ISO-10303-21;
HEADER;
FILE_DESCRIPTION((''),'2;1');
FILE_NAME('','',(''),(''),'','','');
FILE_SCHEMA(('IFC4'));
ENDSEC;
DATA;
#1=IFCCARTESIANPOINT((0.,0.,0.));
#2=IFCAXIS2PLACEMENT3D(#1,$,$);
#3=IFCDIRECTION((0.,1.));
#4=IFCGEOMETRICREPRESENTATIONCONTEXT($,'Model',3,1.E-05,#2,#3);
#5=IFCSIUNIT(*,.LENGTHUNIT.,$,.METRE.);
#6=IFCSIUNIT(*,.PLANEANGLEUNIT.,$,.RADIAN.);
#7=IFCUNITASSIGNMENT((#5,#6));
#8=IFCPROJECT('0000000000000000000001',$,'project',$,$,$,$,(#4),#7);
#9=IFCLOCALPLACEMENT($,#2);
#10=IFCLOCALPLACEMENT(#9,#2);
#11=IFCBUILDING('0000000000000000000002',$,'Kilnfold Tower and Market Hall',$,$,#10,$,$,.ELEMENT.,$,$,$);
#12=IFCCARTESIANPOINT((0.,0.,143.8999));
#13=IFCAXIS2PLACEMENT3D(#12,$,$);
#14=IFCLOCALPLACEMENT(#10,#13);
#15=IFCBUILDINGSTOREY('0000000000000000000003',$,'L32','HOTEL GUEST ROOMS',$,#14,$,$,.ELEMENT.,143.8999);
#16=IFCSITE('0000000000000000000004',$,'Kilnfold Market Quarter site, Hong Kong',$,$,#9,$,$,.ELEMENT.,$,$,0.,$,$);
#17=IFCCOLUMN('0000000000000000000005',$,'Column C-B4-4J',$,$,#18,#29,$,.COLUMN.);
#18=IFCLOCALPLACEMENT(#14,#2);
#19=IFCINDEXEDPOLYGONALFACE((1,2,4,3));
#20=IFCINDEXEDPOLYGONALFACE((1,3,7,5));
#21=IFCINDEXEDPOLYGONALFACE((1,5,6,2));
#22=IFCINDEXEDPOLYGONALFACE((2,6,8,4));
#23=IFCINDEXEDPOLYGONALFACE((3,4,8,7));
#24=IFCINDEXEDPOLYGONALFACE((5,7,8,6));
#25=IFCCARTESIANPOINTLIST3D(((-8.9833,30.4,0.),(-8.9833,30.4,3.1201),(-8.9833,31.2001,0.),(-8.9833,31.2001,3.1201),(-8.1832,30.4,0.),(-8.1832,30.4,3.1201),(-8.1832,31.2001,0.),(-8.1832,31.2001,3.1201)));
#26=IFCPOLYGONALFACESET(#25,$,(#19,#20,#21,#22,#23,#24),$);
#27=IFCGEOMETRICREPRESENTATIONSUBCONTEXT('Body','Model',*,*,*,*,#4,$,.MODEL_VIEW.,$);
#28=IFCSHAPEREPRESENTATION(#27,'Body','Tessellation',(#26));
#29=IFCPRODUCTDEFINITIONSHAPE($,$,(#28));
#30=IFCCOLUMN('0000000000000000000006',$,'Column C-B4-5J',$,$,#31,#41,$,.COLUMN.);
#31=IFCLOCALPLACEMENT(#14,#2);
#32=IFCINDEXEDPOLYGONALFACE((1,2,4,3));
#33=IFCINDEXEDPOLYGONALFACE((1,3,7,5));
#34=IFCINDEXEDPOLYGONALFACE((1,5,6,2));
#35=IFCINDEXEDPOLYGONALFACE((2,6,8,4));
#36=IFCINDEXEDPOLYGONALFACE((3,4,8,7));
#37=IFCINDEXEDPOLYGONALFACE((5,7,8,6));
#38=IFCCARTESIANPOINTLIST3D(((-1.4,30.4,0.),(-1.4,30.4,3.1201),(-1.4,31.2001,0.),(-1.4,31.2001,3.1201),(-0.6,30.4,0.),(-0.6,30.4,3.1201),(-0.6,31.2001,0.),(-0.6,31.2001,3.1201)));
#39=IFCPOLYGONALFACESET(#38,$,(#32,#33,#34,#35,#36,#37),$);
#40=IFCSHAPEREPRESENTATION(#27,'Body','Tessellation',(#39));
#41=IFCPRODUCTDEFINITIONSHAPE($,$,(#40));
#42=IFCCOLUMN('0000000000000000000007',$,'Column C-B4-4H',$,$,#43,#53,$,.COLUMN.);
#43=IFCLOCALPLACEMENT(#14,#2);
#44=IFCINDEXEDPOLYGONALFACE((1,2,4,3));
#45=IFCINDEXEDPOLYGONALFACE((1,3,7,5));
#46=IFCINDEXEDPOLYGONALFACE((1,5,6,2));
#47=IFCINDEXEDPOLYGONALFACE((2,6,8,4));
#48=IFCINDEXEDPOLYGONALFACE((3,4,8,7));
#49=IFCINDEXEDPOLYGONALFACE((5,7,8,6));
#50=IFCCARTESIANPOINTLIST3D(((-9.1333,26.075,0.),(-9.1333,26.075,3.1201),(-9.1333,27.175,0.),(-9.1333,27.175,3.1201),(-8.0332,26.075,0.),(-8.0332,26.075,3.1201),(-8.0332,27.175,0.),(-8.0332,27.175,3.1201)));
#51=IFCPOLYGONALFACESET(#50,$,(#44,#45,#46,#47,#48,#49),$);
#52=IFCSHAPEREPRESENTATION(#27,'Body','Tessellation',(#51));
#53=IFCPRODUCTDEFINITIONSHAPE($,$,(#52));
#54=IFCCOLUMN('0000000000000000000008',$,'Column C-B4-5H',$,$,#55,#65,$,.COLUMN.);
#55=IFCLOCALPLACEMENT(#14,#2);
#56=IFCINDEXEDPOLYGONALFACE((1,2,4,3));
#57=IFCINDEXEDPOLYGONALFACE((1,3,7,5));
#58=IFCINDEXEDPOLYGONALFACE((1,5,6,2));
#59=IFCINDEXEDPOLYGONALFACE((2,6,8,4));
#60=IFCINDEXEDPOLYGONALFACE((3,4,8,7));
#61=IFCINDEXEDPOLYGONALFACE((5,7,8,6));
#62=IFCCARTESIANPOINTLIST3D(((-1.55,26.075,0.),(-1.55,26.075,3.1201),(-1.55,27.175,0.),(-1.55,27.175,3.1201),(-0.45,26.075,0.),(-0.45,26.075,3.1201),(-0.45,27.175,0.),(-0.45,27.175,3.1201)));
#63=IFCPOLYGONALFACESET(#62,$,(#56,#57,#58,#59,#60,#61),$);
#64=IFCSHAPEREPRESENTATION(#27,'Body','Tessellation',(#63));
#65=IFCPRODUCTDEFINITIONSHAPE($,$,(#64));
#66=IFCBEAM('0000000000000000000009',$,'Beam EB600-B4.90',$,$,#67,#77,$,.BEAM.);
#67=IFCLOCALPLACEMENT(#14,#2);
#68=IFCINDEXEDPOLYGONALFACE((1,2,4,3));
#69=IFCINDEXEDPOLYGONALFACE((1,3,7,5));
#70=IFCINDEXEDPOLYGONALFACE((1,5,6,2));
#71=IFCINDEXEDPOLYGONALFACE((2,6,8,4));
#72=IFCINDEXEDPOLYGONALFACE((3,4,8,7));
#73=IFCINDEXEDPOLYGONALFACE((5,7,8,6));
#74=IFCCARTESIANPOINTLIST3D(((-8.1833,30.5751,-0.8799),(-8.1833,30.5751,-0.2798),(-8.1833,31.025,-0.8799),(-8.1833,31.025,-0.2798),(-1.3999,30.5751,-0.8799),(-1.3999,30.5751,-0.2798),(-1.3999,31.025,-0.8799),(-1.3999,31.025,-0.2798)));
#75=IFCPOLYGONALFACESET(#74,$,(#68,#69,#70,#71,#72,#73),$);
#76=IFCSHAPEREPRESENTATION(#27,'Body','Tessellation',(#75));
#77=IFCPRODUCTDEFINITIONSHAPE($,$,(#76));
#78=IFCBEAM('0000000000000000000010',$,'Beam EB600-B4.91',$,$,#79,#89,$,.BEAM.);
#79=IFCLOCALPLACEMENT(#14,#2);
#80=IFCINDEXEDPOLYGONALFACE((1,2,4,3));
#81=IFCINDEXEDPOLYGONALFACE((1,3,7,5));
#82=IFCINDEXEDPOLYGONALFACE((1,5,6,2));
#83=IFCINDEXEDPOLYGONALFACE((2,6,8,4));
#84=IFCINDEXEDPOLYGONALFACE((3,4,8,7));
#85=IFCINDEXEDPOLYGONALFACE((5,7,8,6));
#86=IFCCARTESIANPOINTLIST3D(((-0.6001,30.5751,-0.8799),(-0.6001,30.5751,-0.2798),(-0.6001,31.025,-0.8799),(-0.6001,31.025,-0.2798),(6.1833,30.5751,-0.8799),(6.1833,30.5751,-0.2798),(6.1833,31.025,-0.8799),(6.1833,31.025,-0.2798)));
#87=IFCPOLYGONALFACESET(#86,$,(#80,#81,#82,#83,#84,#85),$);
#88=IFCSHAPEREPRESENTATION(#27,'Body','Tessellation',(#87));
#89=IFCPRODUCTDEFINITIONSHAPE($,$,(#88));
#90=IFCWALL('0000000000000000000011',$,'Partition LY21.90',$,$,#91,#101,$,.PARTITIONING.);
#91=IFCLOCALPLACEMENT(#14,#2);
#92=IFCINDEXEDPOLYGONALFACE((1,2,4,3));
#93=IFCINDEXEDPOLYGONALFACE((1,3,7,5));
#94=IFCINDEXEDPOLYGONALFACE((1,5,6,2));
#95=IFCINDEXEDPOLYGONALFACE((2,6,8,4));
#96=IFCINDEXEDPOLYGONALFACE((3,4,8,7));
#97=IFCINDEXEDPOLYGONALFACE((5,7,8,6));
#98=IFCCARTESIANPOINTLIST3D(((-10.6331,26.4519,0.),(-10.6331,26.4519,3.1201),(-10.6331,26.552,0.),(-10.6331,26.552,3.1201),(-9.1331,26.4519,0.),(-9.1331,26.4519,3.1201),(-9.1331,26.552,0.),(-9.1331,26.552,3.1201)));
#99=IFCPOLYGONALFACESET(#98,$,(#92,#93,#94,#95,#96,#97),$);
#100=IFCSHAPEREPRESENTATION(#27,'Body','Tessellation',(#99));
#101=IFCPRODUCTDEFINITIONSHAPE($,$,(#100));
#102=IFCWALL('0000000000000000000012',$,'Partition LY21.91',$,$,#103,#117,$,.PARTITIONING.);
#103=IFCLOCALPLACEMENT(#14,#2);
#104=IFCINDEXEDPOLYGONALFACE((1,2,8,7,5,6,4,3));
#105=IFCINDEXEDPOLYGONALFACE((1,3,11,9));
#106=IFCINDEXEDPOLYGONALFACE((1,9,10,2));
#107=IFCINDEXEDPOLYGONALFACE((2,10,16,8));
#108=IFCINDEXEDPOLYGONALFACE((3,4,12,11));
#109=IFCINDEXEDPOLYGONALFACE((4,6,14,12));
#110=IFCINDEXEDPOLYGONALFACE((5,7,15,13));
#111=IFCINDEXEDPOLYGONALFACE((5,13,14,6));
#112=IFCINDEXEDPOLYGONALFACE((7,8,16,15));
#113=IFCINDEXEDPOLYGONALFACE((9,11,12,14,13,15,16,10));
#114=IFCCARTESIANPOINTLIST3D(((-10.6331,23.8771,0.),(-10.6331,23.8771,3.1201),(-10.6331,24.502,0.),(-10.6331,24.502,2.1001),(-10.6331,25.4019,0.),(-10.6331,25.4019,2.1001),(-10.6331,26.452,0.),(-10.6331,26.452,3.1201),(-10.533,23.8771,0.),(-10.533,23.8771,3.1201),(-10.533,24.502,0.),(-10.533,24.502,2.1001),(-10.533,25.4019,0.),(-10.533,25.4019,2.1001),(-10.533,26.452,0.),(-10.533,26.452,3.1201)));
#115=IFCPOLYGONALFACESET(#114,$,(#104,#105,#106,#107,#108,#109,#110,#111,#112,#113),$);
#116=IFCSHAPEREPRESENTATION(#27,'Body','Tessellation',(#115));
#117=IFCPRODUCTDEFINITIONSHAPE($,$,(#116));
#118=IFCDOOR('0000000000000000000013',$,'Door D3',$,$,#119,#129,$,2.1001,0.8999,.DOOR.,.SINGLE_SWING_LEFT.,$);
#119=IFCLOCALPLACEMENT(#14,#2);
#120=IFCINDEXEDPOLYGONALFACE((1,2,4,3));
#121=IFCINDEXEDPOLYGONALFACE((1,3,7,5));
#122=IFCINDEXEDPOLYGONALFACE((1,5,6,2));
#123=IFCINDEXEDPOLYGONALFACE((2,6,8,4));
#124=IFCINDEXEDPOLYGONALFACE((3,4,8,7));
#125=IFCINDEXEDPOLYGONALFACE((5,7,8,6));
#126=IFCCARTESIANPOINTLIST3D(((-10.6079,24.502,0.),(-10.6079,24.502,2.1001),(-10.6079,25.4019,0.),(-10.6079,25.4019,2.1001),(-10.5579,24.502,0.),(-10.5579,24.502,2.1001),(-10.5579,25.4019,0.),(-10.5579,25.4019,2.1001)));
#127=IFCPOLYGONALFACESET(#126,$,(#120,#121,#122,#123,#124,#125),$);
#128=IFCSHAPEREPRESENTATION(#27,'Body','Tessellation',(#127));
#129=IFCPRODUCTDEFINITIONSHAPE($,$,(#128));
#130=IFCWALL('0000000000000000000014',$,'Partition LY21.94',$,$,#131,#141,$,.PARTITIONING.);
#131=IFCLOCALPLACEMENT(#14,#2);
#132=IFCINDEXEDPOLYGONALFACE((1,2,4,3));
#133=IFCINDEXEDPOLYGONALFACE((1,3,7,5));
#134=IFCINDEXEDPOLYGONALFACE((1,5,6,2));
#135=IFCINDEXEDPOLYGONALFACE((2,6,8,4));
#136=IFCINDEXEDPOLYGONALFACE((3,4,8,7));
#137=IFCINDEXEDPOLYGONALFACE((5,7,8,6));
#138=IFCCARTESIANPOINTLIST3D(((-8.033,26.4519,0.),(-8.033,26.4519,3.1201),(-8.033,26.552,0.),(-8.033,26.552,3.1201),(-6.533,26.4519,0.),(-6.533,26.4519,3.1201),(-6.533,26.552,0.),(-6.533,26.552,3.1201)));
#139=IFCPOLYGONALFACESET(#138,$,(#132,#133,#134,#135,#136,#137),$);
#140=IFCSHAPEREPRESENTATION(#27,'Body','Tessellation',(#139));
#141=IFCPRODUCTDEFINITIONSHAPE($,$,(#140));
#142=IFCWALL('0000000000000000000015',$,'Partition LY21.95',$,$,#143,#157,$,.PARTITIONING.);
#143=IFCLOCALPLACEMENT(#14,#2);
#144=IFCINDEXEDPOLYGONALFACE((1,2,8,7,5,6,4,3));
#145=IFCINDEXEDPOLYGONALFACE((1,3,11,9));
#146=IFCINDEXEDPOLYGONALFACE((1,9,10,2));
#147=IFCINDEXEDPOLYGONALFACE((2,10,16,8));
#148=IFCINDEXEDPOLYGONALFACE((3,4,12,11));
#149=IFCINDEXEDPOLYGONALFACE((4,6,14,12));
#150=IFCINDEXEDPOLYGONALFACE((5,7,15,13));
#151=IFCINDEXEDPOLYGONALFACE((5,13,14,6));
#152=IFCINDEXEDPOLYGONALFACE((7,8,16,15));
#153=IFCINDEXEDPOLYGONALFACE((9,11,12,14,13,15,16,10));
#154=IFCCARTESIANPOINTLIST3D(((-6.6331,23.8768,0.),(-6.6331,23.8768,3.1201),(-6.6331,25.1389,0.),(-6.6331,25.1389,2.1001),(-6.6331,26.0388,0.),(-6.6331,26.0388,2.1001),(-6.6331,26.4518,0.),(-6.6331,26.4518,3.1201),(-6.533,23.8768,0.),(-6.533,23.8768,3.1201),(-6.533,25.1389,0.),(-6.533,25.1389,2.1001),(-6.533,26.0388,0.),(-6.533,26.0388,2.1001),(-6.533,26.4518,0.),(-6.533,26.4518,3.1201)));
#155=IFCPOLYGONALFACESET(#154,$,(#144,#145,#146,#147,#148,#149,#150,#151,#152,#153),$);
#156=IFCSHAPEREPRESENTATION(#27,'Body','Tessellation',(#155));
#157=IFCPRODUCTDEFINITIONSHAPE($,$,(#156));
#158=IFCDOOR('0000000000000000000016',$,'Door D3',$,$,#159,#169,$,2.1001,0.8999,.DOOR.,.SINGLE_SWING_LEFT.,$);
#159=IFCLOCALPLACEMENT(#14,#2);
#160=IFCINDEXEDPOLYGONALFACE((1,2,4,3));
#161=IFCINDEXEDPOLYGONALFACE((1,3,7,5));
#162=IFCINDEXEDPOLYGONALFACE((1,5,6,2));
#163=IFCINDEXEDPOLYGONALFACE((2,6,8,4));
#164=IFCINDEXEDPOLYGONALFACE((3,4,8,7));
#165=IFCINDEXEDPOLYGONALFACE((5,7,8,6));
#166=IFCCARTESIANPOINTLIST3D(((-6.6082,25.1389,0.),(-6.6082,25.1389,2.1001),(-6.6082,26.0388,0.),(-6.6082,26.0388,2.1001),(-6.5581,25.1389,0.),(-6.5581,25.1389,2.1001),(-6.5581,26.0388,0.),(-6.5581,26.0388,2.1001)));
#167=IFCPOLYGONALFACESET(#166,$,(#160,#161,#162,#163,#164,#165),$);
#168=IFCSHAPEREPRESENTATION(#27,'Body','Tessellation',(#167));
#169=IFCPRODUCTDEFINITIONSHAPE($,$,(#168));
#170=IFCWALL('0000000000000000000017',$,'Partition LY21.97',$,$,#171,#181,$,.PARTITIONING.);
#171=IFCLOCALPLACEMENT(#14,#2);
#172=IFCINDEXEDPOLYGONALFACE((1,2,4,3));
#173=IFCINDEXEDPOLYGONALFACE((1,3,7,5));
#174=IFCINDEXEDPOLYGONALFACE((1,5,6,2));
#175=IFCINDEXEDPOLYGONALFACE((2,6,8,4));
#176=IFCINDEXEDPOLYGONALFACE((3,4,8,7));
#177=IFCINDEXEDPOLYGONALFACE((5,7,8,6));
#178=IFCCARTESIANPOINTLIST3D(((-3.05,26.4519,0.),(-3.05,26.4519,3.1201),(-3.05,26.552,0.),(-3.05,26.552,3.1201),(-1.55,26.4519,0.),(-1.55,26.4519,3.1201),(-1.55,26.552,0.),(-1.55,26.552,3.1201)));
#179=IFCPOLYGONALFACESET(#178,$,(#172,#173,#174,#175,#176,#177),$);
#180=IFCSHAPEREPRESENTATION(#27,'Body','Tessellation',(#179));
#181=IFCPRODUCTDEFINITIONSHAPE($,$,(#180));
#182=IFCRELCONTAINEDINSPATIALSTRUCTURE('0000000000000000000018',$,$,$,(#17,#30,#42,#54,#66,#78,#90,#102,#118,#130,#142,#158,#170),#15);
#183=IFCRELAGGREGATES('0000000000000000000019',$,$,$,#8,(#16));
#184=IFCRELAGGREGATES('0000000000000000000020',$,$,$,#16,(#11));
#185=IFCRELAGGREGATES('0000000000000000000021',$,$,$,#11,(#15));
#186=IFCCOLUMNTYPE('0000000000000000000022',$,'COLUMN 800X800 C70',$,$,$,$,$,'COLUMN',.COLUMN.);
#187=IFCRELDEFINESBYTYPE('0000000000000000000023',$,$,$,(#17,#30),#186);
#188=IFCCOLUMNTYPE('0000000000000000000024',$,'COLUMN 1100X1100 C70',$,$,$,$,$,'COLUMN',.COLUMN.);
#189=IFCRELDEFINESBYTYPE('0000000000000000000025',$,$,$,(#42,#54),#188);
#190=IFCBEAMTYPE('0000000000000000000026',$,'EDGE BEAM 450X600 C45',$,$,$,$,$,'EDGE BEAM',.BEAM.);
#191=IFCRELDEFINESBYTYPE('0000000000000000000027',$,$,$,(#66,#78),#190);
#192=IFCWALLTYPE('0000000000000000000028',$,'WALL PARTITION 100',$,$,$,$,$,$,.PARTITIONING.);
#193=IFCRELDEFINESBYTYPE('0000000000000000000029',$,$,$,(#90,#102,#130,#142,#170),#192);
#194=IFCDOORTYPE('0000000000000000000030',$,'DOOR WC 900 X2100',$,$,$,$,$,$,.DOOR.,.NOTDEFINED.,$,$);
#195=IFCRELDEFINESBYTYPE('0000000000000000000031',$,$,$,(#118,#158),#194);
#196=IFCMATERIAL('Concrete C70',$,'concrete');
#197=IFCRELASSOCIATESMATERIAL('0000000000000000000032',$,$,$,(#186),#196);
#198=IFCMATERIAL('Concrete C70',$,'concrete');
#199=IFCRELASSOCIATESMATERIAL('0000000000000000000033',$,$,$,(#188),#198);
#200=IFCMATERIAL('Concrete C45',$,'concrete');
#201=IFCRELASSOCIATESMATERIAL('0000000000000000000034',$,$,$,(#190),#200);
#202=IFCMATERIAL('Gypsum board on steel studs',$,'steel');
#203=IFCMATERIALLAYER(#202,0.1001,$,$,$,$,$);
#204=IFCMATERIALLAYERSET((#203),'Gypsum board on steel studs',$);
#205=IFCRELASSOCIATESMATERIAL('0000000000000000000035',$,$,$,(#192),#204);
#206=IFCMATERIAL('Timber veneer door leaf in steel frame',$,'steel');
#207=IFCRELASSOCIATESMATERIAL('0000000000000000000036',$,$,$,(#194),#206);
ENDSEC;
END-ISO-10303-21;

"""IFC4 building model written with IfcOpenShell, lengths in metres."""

from ifc_helpers import new_model, si_unit, direction, frame, frame_2d, origin, origin_2d, place, context, subcontext, project, spatial, rectangle, extrude, source, transform, mapped, material, layer, layer_set, material_profile, profile_set, type_object, element, fill, save


model = new_model("IFC4")

# Units and contexts
model_context = context("Model", 3, precision=1e-05, world=origin(), true_north=direction((0.0, 1.0)))
body_context = subcontext(model_context, "Body", "Model", "MODEL_VIEW")
ifc_project = project(units=[si_unit("LENGTHUNIT", "METRE"), si_unit("PLANEANGLEUNIT", "RADIAN")], contexts=[model_context])

# Site, building, storey
site_placement = place(None, origin())
site = spatial("IfcSite", under=ifc_project, at=site_placement, Name="Kilnfold Market Quarter site, Hong Kong", CompositionType="ELEMENT", RefElevation=0.0)
building_placement = place(site_placement, origin())
building = spatial("IfcBuilding", under=site, at=building_placement, Name="Kilnfold Tower and Market Hall", CompositionType="ELEMENT")
storey_placement = place(building_placement, frame((0.0, 0.0, 143.8999)))
storey = spatial("IfcBuildingStorey", under=building, at=storey_placement, Name="L32", Description="HOTEL GUEST ROOMS", CompositionType="ELEMENT", Elevation=143.8999)

# Columns
ifc_material_1 = material(Name="Concrete C70", Category="concrete")
ifc_material_profile_1 = material_profile(ifc_material_1, rectangle(XDim=0.8, YDim=0.8, at=origin_2d()), Name="RC 800x800")
ifc_profile_set_1 = profile_set([ifc_material_profile_1], Name="Concrete C70")
column_type_1 = type_object("IfcColumnType", Name="COLUMN 800X800 C70", ElementType="COLUMN", PredefinedType="COLUMN", material=ifc_profile_set_1)
shared_shape_1 = source(origin(), body_context, "Body", "SweptSolid", [
    extrude(rectangle(XDim=0.8, YDim=0.8, at=origin_2d()), origin(), (0.0, 0.0, 1.0), 3.1201),
])
for number, where, z_axis, x_axis, name in (
    (1, (-8.5833, 30.8, 0.0), (0.0, 0.0, 1.0), (1.0, 0.0, 0.0), "Column C-B4-4J"),
    (2, (-1.0, 30.8, 0.0), (0.0, 0.0, 1.0), (1.0, 0.0, 0.0), "Column C-B4-5J"),
):
    element("IfcColumn", number, at=place(storey_placement, frame(where, z_axis=z_axis, x_axis=x_axis)), inside=storey, type_object=column_type_1, Name=name, PredefinedType="COLUMN", context=body_context, shape_type="MappedRepresentation", body=[
        mapped(shared_shape_1, transform((0.0, 0.0, 0.0))),
    ])
ifc_material_2 = material(Name="Concrete C70", Category="concrete")
ifc_material_profile_2 = material_profile(ifc_material_2, rectangle(XDim=1.1001, YDim=1.1001, at=origin_2d()), Name="RC 1100x1100")
ifc_profile_set_2 = profile_set([ifc_material_profile_2], Name="Concrete C70")
column_type_2 = type_object("IfcColumnType", Name="COLUMN 1100X1100 C70", ElementType="COLUMN", PredefinedType="COLUMN", material=ifc_profile_set_2)
shared_shape_2 = source(origin(), body_context, "Body", "SweptSolid", [
    extrude(rectangle(XDim=1.1001, YDim=1.1001, at=origin_2d()), origin(), (0.0, 0.0, 1.0), 3.1201),
])
for number, where, z_axis, x_axis, name in (
    (3, (-8.5833, 26.625, 0.0), (0.0, 0.0, 1.0), (1.0, 0.0, 0.0), "Column C-B4-4H"),
    (4, (-1.0, 26.625, 0.0), (0.0, 0.0, 1.0), (1.0, 0.0, 0.0), "Column C-B4-5H"),
):
    element("IfcColumn", number, at=place(storey_placement, frame(where, z_axis=z_axis, x_axis=x_axis)), inside=storey, type_object=column_type_2, Name=name, PredefinedType="COLUMN", context=body_context, shape_type="MappedRepresentation", body=[
        mapped(shared_shape_2, transform((0.0, 0.0, 0.0))),
    ])

# Beams
ifc_material_3 = material(Name="Concrete C45", Category="concrete")
ifc_material_profile_3 = material_profile(ifc_material_3, rectangle(XDim=0.45, YDim=0.6001, at=origin_2d()), Name="RC 450x600")
ifc_profile_set_3 = profile_set([ifc_material_profile_3], Name="Concrete C45")
beam_type = type_object("IfcBeamType", Name="EDGE BEAM 450X600 C45", ElementType="EDGE BEAM", PredefinedType="BEAM", material=ifc_profile_set_3)
shared_shape_3 = source(origin(), body_context, "Body", "SweptSolid", [
    extrude(rectangle(XDim=0.45, YDim=0.6001, at=origin_2d()), origin(), (0.0, 0.0, 1.0), 6.7834),
])
for number, where, z_axis, x_axis, name in (
    (5, (-8.1833, 30.8, -0.5798), (1.0, 0.0, 0.0), (0.0, 1.0, 0.0), "Beam EB600-B4.90"),
    (6, (-0.6001, 30.8, -0.5798), (1.0, 0.0, 0.0), (0.0, 1.0, 0.0), "Beam EB600-B4.91"),
):
    element("IfcBeam", number, at=place(storey_placement, frame(where, z_axis=z_axis, x_axis=x_axis)), inside=storey, type_object=beam_type, Name=name, PredefinedType="BEAM", context=body_context, shape_type="MappedRepresentation", body=[
        mapped(shared_shape_3, transform((0.0, 0.0, 0.0))),
    ])

# Wall
ifc_material_4 = material(Name="Gypsum board on steel studs", Category="steel")
ifc_layer_1 = layer(ifc_material_4, 0.1001)
ifc_layer_set_1 = layer_set([ifc_layer_1], Name="Gypsum board on steel studs")
wall_type_1 = type_object("IfcWallType", Name="WALL PARTITION 100", PredefinedType="PARTITIONING", material=ifc_layer_set_1)
wall_1_placement = place(storey_placement, frame((-10.6331, 26.502, 0.0), z_axis=(0.0, 0.0, 1.0), x_axis=(1.0, 0.0, 0.0)))
element("IfcWall", 7, at=wall_1_placement, inside=storey, type_object=wall_type_1, Name="Partition LY21.90", PredefinedType="PARTITIONING", context=body_context, shape_type="SweptSolid", body=[
    extrude(rectangle(XDim=1.5, YDim=0.1001, at=frame_2d((0.75, 0.0))), origin(), (0.0, 0.0, 1.0), 3.1201),
])

# Wall, opening, door
wall_2_placement = place(storey_placement, frame((-10.583, 23.877, 0.0), z_axis=(0.0, 0.0, 1.0), x_axis=(0.0, 1.0, 0.0)))
wall_2 = element("IfcWall", 8, at=wall_2_placement, inside=storey, type_object=wall_type_1, Name="Partition LY21.91", PredefinedType="PARTITIONING", context=body_context, shape_type="SweptSolid", body=[
    extrude(rectangle(XDim=2.575, YDim=0.1001, at=frame_2d((1.2876, 0.0))), origin(), (0.0, 0.0, 1.0), 3.1201),
])
opening_1_placement = place(wall_2_placement, frame((0.625, 0.0, 0.0)))
opening_1 = element("IfcOpeningElement", 9, at=opening_1_placement, cuts=wall_2, PredefinedType="OPENING", context=body_context, shape_type="SweptSolid", body=[
    extrude(rectangle(XDim=0.8999, YDim=2.1001, at=frame_2d((0.45, 1.05))), frame((0.0, 0.0601, 0.0), z_axis=(0.0, -1.0, 0.0), x_axis=(1.0, 0.0, 0.0)), (0.0, 0.0, 1.0), 0.1201),
])
ifc_material_5 = material(Name="Timber veneer door leaf in steel frame", Category="steel")
door_type = type_object("IfcDoorType", Name="DOOR WC 900 X2100", OperationType="NOTDEFINED", PredefinedType="DOOR", material=ifc_material_5)
door_1_placement = place(opening_1_placement, origin())
door_1 = element("IfcDoor", 10, at=door_1_placement, inside=storey, type_object=door_type, Name="Door D3", OperationType="SINGLE_SWING_LEFT", OverallHeight=2.1001, OverallWidth=0.8999, PredefinedType="DOOR", context=body_context, shape_type="SweptSolid", body=[
    extrude(rectangle(XDim=0.8999, YDim=2.1001, at=frame_2d((0.45, 1.05))), frame((0.0, 0.0249, 0.0), z_axis=(0.0, -1.0, 0.0), x_axis=(1.0, 0.0, 0.0)), (0.0, 0.0, 1.0), 0.05),
])
fill(opening_1, door_1)

# Wall
wall_3_placement = place(storey_placement, frame((-8.033, 26.502, 0.0), z_axis=(0.0, 0.0, 1.0), x_axis=(1.0, 0.0, 0.0)))
element("IfcWall", 11, at=wall_3_placement, inside=storey, type_object=wall_type_1, Name="Partition LY21.94", PredefinedType="PARTITIONING", context=body_context, shape_type="SweptSolid", body=[
    extrude(rectangle(XDim=1.5, YDim=0.1001, at=frame_2d((0.75, 0.0))), origin(), (0.0, 0.0, 1.0), 3.1201),
])

# Wall, opening, door
wall_4_placement = place(storey_placement, frame((-6.583, 26.4519, 0.0), z_axis=(0.0, 0.0, 1.0), x_axis=(0.0, -1.0, 0.0)))
wall_4 = element("IfcWall", 12, at=wall_4_placement, inside=storey, type_object=wall_type_1, Name="Partition LY21.95", PredefinedType="PARTITIONING", context=body_context, shape_type="SweptSolid", body=[
    extrude(rectangle(XDim=2.575, YDim=0.1001, at=frame_2d((1.2876, 0.0))), origin(), (0.0, 0.0, 1.0), 3.1201),
])
opening_2_placement = place(wall_4_placement, frame((0.4131, 0.0, 0.0)))
opening_2 = element("IfcOpeningElement", 13, at=opening_2_placement, cuts=wall_4, PredefinedType="OPENING", context=body_context, shape_type="SweptSolid", body=[
    extrude(rectangle(XDim=0.8999, YDim=2.1001, at=frame_2d((0.45, 1.05))), frame((0.0, 0.0601, 0.0), z_axis=(0.0, -1.0, 0.0), x_axis=(1.0, 0.0, 0.0)), (0.0, 0.0, 1.0), 0.1201),
])
door_2_placement = place(opening_2_placement, origin())
door_2 = element("IfcDoor", 14, at=door_2_placement, inside=storey, type_object=door_type, Name="Door D3", OperationType="SINGLE_SWING_LEFT", OverallHeight=2.1001, OverallWidth=0.8999, PredefinedType="DOOR", context=body_context, shape_type="SweptSolid", body=[
    extrude(rectangle(XDim=0.8999, YDim=2.1001, at=frame_2d((0.45, 1.05))), frame((0.0, 0.0249, 0.0), z_axis=(0.0, -1.0, 0.0), x_axis=(1.0, 0.0, 0.0)), (0.0, 0.0, 1.0), 0.05),
])
fill(opening_2, door_2)

# Wall
wall_5_placement = place(storey_placement, frame((-3.05, 26.502, 0.0), z_axis=(0.0, 0.0, 1.0), x_axis=(1.0, 0.0, 0.0)))
element("IfcWall", 15, at=wall_5_placement, inside=storey, type_object=wall_type_1, Name="Partition LY21.97", PredefinedType="PARTITIONING", context=body_context, shape_type="SweptSolid", body=[
    extrude(rectangle(XDim=1.5, YDim=0.1001, at=frame_2d((0.75, 0.0))), origin(), (0.0, 0.0, 1.0), 3.1201),
])

save(model, "model.ifc")
